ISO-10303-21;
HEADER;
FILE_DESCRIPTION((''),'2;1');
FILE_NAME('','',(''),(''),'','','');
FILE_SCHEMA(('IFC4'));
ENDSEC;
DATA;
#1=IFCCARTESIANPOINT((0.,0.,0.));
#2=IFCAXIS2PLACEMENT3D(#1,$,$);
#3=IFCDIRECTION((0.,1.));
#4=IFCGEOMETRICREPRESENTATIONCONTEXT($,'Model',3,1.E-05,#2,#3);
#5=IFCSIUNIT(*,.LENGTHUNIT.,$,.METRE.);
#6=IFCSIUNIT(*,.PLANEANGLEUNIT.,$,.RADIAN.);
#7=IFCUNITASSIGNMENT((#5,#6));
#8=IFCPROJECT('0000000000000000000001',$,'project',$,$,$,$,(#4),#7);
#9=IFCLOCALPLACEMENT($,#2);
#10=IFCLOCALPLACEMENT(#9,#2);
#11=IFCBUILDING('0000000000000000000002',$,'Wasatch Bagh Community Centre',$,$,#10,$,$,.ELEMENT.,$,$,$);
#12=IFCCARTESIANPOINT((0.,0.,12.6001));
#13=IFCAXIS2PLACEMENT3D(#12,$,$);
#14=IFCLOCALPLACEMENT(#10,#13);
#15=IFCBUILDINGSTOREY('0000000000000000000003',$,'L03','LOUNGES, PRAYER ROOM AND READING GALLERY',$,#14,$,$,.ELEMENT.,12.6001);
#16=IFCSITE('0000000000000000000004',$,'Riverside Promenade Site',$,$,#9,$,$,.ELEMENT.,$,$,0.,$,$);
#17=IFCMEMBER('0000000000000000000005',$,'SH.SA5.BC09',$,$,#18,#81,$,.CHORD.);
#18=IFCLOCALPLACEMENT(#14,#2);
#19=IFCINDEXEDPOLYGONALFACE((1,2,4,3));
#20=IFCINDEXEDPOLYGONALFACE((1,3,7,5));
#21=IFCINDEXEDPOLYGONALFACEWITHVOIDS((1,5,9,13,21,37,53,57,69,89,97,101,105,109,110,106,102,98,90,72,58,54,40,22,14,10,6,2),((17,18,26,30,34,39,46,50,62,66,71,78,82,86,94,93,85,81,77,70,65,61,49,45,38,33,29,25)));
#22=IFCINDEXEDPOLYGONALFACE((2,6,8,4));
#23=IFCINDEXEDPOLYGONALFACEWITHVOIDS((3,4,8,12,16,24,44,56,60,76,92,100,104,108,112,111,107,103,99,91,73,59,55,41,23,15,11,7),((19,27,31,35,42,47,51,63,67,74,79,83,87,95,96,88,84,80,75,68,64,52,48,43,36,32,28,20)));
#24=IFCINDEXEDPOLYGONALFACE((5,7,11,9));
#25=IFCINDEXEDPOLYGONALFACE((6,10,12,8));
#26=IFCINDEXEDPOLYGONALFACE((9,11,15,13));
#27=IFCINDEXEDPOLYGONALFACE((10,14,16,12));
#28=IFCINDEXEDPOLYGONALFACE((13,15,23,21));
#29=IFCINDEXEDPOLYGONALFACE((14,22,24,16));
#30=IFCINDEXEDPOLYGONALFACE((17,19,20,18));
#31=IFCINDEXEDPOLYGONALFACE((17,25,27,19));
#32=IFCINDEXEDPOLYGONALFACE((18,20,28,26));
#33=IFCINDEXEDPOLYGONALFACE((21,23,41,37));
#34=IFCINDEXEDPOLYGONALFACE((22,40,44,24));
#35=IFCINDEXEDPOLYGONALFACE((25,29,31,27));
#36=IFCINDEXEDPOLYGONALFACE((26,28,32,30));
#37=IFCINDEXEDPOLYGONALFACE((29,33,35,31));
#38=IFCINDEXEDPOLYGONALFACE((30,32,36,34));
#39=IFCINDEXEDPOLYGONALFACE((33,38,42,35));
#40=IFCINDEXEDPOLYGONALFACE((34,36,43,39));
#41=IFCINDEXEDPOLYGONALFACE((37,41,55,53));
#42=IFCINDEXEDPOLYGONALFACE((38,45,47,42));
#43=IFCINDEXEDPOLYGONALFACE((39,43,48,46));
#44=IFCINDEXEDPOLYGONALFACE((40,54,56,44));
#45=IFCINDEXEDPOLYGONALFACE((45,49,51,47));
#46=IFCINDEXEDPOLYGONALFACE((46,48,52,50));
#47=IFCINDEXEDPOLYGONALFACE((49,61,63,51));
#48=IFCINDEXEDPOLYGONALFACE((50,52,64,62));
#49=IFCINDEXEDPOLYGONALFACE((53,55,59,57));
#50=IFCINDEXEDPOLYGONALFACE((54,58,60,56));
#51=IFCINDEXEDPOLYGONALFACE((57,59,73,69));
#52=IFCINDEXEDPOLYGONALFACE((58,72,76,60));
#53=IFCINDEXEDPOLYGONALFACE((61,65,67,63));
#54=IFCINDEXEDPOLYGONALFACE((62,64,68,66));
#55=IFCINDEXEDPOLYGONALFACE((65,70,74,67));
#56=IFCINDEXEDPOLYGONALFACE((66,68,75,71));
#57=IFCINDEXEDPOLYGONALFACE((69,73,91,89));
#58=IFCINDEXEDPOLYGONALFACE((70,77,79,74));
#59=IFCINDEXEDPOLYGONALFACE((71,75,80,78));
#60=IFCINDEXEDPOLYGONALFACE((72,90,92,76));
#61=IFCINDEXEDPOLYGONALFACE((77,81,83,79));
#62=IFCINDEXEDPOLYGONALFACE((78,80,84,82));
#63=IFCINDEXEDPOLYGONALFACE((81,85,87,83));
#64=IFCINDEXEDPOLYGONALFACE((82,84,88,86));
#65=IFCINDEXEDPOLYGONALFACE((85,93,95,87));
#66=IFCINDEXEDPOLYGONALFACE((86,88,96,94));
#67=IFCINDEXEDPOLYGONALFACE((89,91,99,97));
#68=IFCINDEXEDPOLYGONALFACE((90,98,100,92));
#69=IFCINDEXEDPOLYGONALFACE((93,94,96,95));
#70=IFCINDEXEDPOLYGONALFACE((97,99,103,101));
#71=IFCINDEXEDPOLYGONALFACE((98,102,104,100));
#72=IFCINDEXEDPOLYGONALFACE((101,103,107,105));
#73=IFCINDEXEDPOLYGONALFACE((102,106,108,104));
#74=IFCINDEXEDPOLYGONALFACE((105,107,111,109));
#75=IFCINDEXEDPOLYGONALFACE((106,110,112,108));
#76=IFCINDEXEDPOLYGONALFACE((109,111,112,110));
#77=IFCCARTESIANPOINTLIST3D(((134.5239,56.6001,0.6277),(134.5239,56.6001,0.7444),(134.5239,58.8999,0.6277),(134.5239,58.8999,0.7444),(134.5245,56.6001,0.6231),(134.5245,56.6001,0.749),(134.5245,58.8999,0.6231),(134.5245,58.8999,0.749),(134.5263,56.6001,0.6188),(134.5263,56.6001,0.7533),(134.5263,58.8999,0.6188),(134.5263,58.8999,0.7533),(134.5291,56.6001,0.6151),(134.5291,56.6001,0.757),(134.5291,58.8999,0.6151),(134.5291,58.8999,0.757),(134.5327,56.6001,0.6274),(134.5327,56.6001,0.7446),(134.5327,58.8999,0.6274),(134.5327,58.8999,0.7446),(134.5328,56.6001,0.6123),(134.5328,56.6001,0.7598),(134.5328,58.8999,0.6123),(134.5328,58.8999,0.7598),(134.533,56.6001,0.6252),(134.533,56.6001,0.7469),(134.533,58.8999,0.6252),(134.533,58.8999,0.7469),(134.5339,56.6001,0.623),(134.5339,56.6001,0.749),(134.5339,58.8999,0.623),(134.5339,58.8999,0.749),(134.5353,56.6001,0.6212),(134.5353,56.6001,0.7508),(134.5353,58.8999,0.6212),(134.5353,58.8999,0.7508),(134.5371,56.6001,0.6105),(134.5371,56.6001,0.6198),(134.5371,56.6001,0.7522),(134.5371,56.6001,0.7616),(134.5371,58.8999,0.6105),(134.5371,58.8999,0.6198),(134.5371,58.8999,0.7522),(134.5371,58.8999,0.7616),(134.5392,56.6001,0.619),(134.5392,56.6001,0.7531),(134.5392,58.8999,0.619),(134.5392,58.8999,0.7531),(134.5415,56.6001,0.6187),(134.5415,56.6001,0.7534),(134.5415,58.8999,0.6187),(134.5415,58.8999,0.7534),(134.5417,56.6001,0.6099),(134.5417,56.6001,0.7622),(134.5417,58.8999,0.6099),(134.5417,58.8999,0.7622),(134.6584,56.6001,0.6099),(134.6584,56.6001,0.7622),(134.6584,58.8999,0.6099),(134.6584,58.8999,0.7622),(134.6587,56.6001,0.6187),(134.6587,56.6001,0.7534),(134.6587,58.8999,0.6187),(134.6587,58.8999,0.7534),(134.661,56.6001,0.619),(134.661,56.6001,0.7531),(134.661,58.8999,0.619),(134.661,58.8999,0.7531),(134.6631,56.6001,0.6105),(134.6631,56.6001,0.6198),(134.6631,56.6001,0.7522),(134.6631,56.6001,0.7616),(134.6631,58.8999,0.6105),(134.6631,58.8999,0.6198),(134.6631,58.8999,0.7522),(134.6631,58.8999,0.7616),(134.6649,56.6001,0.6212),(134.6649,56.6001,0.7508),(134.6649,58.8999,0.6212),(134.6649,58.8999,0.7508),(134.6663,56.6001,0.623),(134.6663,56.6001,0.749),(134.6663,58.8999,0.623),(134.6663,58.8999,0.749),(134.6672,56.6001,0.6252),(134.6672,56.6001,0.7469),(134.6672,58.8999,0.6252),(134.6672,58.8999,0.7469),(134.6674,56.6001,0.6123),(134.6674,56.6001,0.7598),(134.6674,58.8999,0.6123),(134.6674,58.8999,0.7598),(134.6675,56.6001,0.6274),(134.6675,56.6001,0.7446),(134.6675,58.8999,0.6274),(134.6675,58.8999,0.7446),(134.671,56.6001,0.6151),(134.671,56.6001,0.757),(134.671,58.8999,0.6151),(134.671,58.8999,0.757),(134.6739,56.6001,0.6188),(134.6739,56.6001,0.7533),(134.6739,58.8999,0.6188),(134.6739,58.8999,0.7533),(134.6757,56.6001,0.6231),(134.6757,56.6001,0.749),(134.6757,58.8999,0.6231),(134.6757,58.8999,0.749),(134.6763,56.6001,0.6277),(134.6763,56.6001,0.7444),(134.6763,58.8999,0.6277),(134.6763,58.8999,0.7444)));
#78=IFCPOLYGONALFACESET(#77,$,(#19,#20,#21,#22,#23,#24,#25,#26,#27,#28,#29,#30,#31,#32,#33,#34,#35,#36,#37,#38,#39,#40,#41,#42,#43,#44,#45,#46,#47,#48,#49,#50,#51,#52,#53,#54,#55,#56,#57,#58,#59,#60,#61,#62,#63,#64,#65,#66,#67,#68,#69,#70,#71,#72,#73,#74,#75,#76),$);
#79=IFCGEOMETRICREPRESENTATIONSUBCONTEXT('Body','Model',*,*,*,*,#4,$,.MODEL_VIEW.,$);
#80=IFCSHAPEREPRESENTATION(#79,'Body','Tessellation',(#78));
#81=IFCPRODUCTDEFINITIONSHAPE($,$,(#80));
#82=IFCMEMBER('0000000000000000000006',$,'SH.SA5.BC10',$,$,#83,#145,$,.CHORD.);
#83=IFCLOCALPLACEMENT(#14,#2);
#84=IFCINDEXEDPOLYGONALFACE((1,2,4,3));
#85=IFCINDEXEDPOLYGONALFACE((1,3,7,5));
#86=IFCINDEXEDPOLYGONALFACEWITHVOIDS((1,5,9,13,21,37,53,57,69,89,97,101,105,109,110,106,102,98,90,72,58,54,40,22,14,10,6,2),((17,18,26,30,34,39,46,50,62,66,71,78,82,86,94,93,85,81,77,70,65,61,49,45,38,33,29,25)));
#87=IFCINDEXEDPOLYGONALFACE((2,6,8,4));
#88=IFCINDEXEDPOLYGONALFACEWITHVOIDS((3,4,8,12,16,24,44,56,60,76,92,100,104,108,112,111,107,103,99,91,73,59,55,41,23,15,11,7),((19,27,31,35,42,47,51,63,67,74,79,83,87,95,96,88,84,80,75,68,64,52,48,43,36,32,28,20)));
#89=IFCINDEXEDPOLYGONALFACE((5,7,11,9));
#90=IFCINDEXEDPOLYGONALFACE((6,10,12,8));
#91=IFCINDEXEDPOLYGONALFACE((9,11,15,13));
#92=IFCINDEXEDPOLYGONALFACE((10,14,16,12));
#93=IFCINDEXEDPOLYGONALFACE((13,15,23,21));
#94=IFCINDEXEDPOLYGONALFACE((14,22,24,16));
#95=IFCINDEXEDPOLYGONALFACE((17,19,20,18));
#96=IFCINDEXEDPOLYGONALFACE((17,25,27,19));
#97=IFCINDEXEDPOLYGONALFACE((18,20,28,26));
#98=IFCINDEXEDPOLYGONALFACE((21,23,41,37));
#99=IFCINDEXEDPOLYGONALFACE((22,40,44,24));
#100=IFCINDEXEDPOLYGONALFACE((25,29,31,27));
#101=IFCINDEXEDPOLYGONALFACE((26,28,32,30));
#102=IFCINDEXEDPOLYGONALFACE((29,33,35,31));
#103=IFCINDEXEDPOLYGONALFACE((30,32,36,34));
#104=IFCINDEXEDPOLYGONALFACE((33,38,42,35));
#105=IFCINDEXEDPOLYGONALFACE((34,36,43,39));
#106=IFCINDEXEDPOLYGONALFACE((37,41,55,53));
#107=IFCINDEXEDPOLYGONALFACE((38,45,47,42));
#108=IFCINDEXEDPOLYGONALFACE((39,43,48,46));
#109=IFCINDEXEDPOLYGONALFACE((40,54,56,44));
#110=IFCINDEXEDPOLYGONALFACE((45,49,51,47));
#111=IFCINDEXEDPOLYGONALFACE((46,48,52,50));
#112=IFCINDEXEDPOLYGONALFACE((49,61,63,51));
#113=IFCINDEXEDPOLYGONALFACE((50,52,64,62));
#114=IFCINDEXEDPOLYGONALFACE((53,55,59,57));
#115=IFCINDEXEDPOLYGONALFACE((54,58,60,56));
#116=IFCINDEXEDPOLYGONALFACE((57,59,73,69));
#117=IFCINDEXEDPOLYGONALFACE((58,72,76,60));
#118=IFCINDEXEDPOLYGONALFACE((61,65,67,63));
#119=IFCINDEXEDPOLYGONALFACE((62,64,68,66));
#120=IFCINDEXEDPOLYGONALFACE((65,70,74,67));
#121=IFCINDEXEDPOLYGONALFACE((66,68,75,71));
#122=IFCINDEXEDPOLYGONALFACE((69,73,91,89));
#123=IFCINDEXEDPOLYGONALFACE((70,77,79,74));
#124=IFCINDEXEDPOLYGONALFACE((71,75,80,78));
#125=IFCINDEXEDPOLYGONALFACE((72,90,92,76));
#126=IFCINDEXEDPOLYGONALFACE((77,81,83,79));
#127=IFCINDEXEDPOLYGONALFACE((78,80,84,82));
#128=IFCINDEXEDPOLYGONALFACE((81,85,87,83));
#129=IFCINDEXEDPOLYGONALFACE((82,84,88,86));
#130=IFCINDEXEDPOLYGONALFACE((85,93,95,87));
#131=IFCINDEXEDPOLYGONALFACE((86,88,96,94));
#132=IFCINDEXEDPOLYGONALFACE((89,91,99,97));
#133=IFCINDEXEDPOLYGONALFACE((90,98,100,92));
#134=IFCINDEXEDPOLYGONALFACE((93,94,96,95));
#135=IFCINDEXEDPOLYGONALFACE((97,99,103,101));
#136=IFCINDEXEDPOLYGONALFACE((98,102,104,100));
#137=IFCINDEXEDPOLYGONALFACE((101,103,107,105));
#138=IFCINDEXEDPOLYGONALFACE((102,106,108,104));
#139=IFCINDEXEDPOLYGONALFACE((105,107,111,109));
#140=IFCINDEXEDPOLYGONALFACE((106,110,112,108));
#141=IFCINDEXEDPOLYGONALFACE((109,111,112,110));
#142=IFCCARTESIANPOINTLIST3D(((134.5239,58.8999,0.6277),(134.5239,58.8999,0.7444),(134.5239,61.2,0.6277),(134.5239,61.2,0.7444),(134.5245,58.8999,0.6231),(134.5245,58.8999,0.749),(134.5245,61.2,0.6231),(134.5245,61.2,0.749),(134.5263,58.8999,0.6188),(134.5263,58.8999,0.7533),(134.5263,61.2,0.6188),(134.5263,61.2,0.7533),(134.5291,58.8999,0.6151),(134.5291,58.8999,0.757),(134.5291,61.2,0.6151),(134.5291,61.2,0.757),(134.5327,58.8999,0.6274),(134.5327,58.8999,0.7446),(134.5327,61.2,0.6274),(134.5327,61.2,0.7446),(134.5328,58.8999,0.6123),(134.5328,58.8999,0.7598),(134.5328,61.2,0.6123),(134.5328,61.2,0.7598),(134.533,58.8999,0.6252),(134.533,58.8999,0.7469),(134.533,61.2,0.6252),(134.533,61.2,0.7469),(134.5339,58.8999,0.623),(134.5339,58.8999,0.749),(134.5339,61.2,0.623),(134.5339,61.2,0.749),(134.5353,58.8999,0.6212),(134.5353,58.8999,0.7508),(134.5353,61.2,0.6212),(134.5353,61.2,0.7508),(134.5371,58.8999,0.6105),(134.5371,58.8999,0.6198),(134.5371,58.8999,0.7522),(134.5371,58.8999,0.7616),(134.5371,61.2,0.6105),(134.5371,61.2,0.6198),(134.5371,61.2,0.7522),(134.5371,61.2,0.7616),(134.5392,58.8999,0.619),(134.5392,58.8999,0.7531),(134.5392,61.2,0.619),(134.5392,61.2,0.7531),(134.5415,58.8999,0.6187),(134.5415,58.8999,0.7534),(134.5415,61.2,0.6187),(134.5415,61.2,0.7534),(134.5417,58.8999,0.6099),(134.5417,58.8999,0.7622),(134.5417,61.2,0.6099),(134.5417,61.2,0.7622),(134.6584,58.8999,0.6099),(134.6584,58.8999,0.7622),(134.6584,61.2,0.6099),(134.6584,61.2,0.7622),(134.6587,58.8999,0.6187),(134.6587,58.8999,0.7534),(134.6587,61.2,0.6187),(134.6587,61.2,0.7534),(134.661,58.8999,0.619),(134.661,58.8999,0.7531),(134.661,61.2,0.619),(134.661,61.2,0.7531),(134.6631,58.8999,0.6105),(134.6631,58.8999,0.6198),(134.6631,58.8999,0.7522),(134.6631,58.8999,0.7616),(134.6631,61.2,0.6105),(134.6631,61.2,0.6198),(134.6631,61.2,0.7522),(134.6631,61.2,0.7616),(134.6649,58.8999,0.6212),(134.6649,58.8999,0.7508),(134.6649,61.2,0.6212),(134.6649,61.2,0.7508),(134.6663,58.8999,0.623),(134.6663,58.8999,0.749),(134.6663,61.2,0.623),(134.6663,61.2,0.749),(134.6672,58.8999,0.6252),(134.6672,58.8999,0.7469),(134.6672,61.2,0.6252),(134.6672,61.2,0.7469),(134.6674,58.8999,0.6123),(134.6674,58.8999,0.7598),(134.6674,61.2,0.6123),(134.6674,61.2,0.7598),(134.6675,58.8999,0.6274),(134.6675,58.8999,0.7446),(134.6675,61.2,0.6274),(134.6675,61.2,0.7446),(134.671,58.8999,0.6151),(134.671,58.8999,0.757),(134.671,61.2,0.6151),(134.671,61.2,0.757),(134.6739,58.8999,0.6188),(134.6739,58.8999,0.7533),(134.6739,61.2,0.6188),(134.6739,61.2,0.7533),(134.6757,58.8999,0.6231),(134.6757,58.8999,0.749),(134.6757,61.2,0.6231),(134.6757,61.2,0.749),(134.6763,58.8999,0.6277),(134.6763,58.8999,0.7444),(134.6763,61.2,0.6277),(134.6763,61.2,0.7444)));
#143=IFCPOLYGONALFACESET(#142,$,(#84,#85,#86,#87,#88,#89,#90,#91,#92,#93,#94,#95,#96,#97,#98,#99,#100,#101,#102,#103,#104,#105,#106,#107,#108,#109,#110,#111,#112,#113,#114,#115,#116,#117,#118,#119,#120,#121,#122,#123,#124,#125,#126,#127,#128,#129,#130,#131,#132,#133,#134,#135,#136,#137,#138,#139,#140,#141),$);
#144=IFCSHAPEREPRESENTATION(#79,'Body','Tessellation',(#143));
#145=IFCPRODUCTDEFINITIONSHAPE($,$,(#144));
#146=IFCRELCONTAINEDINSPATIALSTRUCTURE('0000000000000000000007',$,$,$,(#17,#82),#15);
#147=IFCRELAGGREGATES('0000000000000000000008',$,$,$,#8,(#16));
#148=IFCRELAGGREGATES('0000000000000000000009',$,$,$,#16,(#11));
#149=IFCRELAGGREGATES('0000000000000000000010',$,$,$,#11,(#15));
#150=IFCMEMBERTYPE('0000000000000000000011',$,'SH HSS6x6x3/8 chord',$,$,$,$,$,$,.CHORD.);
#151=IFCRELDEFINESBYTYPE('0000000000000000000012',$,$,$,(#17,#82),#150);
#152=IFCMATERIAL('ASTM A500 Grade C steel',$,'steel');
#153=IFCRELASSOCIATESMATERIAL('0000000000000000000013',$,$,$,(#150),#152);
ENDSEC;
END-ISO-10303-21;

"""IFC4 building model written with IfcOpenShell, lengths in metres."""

from ifc_helpers import new_model, si_unit, direction, frame, origin, origin_2d, place, context, subcontext, project, spatial, hollow_rectangle, extrude, material, material_profile, profile_set, type_object, element, save


model = new_model("IFC4")

# Units and contexts
model_context = context("Model", 3, precision=1e-05, world=origin(), true_north=direction((0.0, 1.0)))
body_context = subcontext(model_context, "Body", "Model", "MODEL_VIEW")
ifc_project = project(units=[si_unit("LENGTHUNIT", "METRE"), si_unit("PLANEANGLEUNIT", "RADIAN")], contexts=[model_context])

# Site, building, storey
site_placement = place(None, origin())
site = spatial("IfcSite", under=ifc_project, at=site_placement, Name="Riverside Promenade Site", CompositionType="ELEMENT", RefElevation=0.0)
building_placement = place(site_placement, origin())
building = spatial("IfcBuilding", under=site, at=building_placement, Name="Wasatch Bagh Community Centre", CompositionType="ELEMENT")
storey_placement = place(building_placement, frame((0.0, 0.0, 12.6001)))
storey = spatial("IfcBuildingStorey", under=building, at=storey_placement, Name="L03", Description="LOUNGES, PRAYER ROOM AND READING GALLERY", CompositionType="ELEMENT", Elevation=12.6001)

# Members
ifc_material_1 = material(Name="ASTM A500 Grade C steel", Category="steel")
ifc_material_profile_1 = material_profile(ifc_material_1, hollow_rectangle(XDim=0.1523, YDim=0.1523, WallThickness=0.0088, InnerFilletRadius=0.0088, OuterFilletRadius=0.0178, at=origin_2d()), Name="HSS6x6x3/8")
ifc_profile_set_1 = profile_set([ifc_material_profile_1], Name="ASTM A500 Grade C steel")
member_type_1 = type_object("IfcMemberType", Name="SH HSS6x6x3/8 chord", PredefinedType="CHORD", material=ifc_profile_set_1)
member_1_placement = place(storey_placement, frame((134.6001, 56.6001, 0.686), z_axis=(0.0, 1.0, 0.0), x_axis=(-1.0, 0.0, 0.0)))
element("IfcMember", 1, at=member_1_placement, inside=storey, type_object=member_type_1, Name="SH.SA5.BC09", PredefinedType="CHORD", context=body_context, shape_type="SweptSolid", body=[
    extrude(hollow_rectangle(XDim=0.1523, YDim=0.1523, WallThickness=0.0088, InnerFilletRadius=0.0088, OuterFilletRadius=0.0178, at=origin_2d()), origin(), (0.0, 0.0, 1.0), 2.2998),
])
for number, where, z_axis, x_axis, name in (
    (2, (134.6001, 58.8999, 0.686), (0.0, 1.0, 0.0), (-1.0, 0.0, 0.0), "SH.SA5.BC10"),
):
    element("IfcMember", number, at=place(storey_placement, frame(where, z_axis=z_axis, x_axis=x_axis)), inside=storey, type_object=member_type_1, Name=name, PredefinedType="CHORD", context=body_context, shape_type="SweptSolid", body=[
        extrude(hollow_rectangle(XDim=0.1523, YDim=0.1523, WallThickness=0.0088, InnerFilletRadius=0.0088, OuterFilletRadius=0.0178, at=origin_2d()), origin(), (0.0, 0.0, 1.0), 2.3),
    ])

save(model, "model.ifc")
